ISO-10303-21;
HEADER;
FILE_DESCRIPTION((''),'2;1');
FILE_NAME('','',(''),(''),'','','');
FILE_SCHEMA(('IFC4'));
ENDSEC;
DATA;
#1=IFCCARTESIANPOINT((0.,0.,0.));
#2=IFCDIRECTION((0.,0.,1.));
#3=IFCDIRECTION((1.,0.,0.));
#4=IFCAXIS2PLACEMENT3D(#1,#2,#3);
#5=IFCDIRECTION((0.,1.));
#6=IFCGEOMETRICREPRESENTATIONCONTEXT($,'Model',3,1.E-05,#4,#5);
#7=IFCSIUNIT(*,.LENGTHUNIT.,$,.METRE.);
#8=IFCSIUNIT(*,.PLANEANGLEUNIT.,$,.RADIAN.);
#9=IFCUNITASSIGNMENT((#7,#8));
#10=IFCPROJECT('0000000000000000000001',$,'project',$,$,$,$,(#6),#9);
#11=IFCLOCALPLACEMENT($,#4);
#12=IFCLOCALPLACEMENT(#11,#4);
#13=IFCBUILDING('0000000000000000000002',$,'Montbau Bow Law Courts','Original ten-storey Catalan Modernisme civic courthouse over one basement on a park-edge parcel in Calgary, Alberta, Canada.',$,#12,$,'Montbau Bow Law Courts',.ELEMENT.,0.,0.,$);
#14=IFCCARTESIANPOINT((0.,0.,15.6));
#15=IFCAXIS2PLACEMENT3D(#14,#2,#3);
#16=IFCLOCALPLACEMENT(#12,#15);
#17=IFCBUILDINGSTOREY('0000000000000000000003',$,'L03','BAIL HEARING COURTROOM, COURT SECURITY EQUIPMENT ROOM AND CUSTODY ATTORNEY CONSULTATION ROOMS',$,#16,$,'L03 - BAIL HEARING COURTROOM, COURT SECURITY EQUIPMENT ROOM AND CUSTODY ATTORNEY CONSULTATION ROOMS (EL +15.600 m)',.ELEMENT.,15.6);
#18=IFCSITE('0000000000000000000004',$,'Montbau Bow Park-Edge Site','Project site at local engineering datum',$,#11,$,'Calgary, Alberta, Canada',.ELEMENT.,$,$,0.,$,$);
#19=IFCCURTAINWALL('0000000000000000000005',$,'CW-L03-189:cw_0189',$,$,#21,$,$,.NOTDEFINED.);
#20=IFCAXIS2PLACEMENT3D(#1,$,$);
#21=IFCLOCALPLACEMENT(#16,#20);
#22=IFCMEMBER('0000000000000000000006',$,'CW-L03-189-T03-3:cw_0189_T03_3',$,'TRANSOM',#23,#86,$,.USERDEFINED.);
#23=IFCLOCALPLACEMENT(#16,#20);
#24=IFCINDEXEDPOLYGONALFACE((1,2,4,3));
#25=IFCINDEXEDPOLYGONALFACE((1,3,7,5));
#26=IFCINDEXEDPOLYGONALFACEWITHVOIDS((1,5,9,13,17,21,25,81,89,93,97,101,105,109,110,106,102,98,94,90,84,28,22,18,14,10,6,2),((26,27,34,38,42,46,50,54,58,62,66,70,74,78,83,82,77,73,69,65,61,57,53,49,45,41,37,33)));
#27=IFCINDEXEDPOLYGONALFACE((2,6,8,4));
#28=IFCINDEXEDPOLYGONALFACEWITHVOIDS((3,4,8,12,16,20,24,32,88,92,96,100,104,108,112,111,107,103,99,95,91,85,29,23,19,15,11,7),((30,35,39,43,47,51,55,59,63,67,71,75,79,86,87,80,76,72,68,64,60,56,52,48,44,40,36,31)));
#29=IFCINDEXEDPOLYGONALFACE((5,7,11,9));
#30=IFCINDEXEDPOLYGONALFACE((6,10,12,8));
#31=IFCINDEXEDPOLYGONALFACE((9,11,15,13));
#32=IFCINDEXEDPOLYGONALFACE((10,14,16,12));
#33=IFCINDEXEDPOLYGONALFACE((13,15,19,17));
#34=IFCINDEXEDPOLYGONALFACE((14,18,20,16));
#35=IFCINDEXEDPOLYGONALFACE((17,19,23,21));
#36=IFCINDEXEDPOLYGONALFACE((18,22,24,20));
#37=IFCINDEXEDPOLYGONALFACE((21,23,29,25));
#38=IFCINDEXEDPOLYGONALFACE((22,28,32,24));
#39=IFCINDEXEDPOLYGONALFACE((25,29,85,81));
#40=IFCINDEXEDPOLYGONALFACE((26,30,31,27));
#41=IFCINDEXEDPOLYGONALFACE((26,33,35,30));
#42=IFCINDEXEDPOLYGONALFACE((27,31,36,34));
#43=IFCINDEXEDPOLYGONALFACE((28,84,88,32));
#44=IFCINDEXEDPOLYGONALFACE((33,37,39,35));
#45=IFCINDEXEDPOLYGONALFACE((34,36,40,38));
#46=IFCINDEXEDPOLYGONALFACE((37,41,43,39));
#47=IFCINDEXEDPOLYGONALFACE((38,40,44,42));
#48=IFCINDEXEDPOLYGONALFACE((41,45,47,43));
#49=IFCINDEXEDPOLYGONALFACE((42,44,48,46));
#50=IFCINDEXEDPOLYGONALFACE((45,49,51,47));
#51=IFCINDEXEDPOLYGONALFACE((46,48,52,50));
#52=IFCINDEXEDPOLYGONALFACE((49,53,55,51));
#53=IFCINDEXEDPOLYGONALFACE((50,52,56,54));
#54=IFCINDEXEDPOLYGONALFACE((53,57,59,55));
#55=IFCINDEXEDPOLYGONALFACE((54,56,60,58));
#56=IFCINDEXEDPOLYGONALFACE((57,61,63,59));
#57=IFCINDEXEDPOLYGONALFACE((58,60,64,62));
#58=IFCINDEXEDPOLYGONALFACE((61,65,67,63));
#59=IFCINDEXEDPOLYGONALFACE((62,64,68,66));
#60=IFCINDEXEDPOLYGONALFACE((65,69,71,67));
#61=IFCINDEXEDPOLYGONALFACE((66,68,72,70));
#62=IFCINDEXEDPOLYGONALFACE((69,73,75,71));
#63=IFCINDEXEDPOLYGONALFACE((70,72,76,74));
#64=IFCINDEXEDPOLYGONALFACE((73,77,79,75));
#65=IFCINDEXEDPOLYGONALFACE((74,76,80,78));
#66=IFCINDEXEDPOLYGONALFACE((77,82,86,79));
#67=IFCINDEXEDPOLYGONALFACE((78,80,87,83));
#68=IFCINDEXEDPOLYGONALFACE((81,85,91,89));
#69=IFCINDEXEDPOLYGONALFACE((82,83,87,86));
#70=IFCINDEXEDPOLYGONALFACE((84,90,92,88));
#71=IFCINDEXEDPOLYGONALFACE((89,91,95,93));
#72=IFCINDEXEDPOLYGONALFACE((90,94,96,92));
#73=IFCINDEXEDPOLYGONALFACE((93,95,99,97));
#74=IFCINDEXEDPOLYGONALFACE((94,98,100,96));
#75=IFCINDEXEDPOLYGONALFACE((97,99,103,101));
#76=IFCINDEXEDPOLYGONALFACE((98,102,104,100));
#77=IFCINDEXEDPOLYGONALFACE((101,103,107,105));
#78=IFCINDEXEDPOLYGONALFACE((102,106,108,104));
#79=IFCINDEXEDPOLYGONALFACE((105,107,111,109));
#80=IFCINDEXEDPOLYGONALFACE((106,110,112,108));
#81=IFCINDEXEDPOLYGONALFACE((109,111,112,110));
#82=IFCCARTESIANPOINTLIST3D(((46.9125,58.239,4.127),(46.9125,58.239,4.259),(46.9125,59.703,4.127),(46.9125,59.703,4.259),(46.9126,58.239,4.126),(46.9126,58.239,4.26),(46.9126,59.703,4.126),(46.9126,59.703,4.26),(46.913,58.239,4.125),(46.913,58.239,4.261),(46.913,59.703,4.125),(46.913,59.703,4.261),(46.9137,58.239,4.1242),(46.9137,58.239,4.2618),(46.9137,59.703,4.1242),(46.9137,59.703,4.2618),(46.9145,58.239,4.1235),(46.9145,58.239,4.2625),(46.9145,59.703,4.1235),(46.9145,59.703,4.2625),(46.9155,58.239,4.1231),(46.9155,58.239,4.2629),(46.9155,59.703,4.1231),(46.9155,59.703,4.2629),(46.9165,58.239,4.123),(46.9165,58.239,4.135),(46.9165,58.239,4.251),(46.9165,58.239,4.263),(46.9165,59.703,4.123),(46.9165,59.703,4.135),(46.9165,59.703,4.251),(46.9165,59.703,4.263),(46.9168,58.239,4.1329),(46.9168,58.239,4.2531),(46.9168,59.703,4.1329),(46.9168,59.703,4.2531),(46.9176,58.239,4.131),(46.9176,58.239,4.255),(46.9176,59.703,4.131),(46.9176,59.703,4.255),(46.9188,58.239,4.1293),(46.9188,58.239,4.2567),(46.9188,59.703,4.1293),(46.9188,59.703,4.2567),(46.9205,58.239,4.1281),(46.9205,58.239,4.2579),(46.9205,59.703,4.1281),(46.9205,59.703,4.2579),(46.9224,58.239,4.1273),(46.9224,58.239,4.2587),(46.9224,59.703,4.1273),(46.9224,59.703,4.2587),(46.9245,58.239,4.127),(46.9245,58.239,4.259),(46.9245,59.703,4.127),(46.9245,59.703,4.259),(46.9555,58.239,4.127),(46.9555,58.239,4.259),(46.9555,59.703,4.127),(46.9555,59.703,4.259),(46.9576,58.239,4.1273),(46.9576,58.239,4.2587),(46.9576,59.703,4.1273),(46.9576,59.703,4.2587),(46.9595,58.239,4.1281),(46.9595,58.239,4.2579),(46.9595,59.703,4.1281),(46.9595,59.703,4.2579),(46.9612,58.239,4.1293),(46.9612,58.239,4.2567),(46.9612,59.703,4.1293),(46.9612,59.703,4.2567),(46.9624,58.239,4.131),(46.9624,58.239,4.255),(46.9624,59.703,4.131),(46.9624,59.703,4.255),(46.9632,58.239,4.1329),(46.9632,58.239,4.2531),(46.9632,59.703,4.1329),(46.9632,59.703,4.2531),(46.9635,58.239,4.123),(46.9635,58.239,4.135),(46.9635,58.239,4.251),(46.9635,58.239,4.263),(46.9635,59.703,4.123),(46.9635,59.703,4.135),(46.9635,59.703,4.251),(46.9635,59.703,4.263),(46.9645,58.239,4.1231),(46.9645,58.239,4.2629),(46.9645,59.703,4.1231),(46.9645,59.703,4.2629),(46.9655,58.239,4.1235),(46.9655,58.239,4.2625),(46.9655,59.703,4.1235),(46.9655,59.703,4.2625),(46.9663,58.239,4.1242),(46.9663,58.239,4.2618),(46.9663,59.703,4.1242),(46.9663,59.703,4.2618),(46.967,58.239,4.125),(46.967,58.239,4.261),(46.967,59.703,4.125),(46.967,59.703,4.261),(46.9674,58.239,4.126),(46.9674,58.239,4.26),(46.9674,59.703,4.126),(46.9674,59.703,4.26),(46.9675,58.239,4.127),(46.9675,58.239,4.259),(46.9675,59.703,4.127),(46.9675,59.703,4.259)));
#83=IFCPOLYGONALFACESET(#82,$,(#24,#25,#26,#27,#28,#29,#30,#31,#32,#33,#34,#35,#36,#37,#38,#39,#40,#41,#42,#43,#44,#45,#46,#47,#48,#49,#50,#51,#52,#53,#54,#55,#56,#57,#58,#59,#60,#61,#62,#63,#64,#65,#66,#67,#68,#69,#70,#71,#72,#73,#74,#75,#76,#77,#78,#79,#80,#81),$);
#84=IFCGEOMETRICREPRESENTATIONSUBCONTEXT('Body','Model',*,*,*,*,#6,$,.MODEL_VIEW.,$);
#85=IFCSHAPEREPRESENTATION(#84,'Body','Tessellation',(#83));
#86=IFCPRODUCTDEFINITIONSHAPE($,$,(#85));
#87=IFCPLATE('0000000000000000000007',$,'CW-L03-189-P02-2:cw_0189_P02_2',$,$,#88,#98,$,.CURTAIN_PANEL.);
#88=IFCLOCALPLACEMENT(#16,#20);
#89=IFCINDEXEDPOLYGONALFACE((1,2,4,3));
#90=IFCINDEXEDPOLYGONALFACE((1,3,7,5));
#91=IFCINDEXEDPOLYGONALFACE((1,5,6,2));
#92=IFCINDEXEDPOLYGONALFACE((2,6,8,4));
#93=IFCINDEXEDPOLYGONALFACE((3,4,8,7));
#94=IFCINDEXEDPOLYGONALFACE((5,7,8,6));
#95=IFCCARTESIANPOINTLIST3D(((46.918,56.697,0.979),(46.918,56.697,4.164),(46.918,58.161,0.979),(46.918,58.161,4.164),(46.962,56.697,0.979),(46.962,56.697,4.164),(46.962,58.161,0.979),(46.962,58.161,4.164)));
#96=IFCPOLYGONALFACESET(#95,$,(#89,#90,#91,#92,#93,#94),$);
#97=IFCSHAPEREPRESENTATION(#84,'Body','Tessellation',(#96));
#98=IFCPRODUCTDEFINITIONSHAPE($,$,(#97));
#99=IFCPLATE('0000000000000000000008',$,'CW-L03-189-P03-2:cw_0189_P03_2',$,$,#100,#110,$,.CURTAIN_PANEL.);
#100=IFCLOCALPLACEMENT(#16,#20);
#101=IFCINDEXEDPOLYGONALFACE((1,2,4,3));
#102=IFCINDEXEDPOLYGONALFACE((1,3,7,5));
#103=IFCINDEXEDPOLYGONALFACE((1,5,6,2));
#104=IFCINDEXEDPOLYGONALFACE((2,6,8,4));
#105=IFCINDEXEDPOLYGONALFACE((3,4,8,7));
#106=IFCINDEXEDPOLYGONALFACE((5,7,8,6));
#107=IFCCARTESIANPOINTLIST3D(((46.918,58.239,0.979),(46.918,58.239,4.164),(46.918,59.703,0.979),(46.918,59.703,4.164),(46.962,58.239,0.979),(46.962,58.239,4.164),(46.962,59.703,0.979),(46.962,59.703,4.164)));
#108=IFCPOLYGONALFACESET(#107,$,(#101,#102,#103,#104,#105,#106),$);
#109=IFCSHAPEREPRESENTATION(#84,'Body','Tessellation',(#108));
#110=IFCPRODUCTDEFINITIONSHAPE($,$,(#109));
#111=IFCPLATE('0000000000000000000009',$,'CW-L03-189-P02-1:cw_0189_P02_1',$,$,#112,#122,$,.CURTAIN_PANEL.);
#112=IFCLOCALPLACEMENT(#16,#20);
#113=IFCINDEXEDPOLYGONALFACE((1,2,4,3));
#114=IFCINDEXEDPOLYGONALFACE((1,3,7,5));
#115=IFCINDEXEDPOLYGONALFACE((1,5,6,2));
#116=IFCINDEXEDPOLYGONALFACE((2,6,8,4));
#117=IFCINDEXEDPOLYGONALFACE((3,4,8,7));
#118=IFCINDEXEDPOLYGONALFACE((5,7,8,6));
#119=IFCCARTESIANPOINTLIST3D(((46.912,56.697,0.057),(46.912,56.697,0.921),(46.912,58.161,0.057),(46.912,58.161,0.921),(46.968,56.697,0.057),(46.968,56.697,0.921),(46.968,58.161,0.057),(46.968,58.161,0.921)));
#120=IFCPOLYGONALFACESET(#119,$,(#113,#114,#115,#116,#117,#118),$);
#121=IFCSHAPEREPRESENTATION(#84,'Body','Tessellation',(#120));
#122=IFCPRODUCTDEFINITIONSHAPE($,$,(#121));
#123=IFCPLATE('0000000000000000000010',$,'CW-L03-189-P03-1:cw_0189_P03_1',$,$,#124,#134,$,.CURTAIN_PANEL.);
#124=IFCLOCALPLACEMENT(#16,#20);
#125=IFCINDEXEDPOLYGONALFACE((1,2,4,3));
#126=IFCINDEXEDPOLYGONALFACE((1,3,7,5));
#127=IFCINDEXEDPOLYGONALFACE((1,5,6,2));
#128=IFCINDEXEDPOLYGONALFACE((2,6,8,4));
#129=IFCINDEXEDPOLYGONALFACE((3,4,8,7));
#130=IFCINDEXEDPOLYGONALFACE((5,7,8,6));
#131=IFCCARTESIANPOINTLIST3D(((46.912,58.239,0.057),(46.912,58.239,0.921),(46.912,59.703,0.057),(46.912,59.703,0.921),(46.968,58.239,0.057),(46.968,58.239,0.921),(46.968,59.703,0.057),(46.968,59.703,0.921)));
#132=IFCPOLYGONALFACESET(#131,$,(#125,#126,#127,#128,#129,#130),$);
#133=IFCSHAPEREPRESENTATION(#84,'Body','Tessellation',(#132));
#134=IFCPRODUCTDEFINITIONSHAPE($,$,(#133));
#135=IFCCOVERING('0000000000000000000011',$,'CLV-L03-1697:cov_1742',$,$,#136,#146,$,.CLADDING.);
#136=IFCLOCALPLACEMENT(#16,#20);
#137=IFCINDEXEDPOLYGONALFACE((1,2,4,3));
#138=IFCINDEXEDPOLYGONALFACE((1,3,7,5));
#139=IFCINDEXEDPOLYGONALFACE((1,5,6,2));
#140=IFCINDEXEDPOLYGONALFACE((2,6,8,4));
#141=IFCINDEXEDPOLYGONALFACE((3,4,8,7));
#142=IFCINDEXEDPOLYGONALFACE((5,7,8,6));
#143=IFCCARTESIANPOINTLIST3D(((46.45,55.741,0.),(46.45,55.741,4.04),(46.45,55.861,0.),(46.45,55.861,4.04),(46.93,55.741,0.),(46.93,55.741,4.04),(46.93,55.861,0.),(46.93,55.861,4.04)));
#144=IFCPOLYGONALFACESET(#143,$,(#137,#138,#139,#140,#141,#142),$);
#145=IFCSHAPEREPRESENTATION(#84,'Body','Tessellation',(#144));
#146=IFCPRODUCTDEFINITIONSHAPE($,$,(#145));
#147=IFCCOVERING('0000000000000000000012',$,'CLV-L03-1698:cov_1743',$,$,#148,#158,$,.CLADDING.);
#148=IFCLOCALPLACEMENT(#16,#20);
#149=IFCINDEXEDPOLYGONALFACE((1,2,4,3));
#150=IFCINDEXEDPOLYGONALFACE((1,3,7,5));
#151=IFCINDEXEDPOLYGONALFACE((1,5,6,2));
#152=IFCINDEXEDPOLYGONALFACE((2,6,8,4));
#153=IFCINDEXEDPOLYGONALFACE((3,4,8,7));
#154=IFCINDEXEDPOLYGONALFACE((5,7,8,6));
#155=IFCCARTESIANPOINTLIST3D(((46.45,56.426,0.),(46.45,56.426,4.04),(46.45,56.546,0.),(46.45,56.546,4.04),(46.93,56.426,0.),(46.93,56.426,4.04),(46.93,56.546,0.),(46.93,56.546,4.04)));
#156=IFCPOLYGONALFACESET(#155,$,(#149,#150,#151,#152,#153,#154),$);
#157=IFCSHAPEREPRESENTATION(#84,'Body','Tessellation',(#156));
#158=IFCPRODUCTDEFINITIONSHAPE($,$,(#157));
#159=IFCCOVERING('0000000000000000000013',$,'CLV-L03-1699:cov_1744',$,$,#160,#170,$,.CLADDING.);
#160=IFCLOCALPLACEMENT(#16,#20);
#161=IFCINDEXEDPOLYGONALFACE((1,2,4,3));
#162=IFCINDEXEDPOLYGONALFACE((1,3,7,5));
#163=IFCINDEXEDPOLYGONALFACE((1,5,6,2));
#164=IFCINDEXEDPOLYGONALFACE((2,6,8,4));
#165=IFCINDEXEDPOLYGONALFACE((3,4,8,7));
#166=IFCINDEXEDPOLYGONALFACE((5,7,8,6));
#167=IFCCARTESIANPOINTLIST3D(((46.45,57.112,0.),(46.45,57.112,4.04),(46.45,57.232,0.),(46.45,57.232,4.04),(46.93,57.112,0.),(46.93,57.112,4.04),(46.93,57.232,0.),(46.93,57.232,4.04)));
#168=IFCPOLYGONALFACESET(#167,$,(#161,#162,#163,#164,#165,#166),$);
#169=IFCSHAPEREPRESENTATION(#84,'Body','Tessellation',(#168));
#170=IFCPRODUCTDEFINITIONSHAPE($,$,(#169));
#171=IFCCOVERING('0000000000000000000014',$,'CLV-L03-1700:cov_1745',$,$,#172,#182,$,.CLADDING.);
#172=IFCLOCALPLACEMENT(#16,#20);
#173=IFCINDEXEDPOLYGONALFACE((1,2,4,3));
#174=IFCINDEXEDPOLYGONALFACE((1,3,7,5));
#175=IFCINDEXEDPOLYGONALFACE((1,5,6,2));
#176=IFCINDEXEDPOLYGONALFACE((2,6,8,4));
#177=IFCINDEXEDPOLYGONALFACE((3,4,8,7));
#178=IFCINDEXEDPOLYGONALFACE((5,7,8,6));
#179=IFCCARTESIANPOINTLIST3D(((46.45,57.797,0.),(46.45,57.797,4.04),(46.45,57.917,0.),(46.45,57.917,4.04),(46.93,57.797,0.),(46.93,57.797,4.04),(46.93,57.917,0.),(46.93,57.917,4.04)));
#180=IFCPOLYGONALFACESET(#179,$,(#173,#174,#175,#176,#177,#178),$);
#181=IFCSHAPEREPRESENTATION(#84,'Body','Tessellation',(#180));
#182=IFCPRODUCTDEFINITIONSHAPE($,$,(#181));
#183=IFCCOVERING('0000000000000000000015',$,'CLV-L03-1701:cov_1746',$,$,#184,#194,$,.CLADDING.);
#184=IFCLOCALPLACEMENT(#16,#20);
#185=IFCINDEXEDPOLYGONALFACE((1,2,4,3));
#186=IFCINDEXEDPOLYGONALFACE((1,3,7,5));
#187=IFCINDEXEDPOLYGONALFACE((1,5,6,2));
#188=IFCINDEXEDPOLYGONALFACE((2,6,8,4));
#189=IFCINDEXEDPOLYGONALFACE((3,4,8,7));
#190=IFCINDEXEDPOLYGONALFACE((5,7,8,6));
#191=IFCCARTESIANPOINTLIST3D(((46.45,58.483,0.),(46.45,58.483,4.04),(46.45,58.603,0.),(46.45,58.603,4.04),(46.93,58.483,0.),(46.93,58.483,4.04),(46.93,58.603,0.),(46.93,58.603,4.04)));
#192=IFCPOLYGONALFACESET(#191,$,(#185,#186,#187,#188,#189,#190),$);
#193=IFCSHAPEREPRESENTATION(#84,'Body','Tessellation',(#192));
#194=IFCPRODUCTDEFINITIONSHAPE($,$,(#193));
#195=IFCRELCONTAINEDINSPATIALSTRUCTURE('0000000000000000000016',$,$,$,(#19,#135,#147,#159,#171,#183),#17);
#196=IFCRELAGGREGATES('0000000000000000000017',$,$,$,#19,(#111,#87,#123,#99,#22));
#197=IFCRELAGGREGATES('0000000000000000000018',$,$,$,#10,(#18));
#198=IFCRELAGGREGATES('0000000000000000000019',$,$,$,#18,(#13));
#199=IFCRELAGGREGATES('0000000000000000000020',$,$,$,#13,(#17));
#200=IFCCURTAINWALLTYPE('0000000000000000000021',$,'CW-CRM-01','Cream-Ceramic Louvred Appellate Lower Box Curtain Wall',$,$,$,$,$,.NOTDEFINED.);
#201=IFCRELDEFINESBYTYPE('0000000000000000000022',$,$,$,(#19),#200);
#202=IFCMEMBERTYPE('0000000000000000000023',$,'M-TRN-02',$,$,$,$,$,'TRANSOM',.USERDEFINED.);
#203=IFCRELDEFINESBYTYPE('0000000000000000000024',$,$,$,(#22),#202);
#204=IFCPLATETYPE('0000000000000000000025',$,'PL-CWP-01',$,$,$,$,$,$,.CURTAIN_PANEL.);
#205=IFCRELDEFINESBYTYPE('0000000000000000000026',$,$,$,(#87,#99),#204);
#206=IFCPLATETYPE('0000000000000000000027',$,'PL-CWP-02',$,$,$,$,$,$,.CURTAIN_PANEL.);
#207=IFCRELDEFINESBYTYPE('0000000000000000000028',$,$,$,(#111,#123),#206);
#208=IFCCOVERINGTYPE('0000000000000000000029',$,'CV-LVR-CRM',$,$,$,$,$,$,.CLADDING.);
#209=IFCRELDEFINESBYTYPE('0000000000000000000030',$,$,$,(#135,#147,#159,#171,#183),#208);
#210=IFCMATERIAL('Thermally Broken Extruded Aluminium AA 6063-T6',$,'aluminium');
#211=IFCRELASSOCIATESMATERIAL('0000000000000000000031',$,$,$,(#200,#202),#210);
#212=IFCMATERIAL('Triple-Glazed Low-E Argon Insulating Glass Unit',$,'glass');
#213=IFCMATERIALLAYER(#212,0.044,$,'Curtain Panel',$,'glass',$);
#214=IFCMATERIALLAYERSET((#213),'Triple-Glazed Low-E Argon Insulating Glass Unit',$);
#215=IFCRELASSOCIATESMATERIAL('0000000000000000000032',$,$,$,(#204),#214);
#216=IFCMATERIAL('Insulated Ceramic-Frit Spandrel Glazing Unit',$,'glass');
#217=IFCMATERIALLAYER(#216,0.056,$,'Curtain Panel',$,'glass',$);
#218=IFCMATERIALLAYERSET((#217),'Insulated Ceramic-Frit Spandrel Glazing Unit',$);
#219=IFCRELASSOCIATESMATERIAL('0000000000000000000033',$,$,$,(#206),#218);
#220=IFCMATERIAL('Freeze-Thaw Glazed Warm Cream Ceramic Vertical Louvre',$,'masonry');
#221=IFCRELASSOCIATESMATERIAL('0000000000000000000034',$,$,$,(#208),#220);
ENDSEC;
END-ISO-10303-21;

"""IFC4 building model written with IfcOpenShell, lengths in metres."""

from ifc_helpers import new_model, si_unit, direction, frame, frame_2d, origin_with_axes, origin_2d_with_axis, place, context, subcontext, project, spatial, rectangle, hollow_rectangle, extrude, material, layer, layer_set, material_profile, profile_set, type_object, element, aggregate, save


model = new_model("IFC4")

# Units and contexts
model_context = context("Model", 3, precision=1e-05, world=origin_with_axes(), true_north=direction((0.0, 1.0)))
body_context = subcontext(model_context, "Body", "Model", "MODEL_VIEW")
ifc_project = project(units=[si_unit("LENGTHUNIT", "METRE"), si_unit("PLANEANGLEUNIT", "RADIAN")], contexts=[model_context])

# Site, building, storey
site_placement = place(None, origin_with_axes())
site = spatial("IfcSite", under=ifc_project, at=site_placement, Name="Montbau Bow Park-Edge Site", Description="Project site at local engineering datum", LongName="Calgary, Alberta, Canada", CompositionType="ELEMENT", RefElevation=0.0)
building_placement = place(site_placement, origin_with_axes())
building = spatial("IfcBuilding", under=site, at=building_placement, Name="Montbau Bow Law Courts", Description="Original ten-storey Catalan Modernisme civic courthouse over one basement on a park-edge parcel in Calgary, Alberta, Canada.", LongName="Montbau Bow Law Courts", CompositionType="ELEMENT", ElevationOfRefHeight=0.0, ElevationOfTerrain=0.0)
storey_placement = place(building_placement, frame((0.0, 0.0, 15.6), z_axis=(0.0, 0.0, 1.0), x_axis=(1.0, 0.0, 0.0)))
storey = spatial("IfcBuildingStorey", under=building, at=storey_placement, Name="L03", Description="BAIL HEARING COURTROOM, COURT SECURITY EQUIPMENT ROOM AND CUSTODY ATTORNEY CONSULTATION ROOMS", LongName="L03 - BAIL HEARING COURTROOM, COURT SECURITY EQUIPMENT ROOM AND CUSTODY ATTORNEY CONSULTATION ROOMS (EL +15.600 m)", CompositionType="ELEMENT", Elevation=15.6)

# Curtain wall, member, plates
ifc_material_1 = material(Name="Thermally Broken Extruded Aluminium AA 6063-T6", Category="aluminium")
curtain_wall_type = type_object("IfcCurtainWallType", Name="CW-CRM-01", Description="Cream-Ceramic Louvred Appellate Lower Box Curtain Wall", PredefinedType="NOTDEFINED", material=ifc_material_1)
curtain_wall_placement = place(None, frame((46.94, 55.115, 15.6), z_axis=(0.0, 0.0, 1.0), x_axis=(1.0, 0.0, 0.0)))
curtain_wall = element("IfcCurtainWall", 1, at=curtain_wall_placement, inside=storey, type_object=curtain_wall_type, Name="CW-L03-189:cw_0189", PredefinedType="NOTDEFINED")
ifc_material_profile_1 = material_profile(ifc_material_1, hollow_rectangle(XDim=0.055, YDim=0.14, WallThickness=0.004, InnerFilletRadius=0.008, OuterFilletRadius=0.004, at=origin_2d_with_axis()), Name="CWT-140X55", Category="Main", Priority=0)
ifc_profile_set_1 = profile_set([ifc_material_profile_1], Name="Thermally Broken Extruded Aluminium AA 6063-T6")
member_type_1 = type_object("IfcMemberType", Name="M-TRN-02", ElementType="TRANSOM", PredefinedType="USERDEFINED", material=ifc_profile_set_1)
member_1_placement = place(None, frame((46.94, 58.239, 19.793), z_axis=(0.0, 1.0, 0.0), x_axis=(-1.0, 0.0, 0.0)))
member_1 = element("IfcMember", 2, at=member_1_placement, type_object=member_type_1, Name="CW-L03-189-T03-3:cw_0189_T03_3", ObjectType="TRANSOM", PredefinedType="USERDEFINED", context=body_context, shape_type="SweptSolid", body=[
    extrude(hollow_rectangle(XDim=0.055, YDim=0.14, WallThickness=0.004, InnerFilletRadius=0.008, OuterFilletRadius=0.004, at=origin_2d_with_axis()), origin_with_axes(), (0.0, 0.0, 1.0), 1.464),
])
ifc_material_2 = material(Name="Triple-Glazed Low-E Argon Insulating Glass Unit", Category="glass")
ifc_layer_1 = layer(ifc_material_2, 0.044, Name="Curtain Panel", Category="glass")
ifc_layer_set_1 = layer_set([ifc_layer_1], Name="Triple-Glazed Low-E Argon Insulating Glass Unit")
plate_type_1 = type_object("IfcPlateType", Name="PL-CWP-01", PredefinedType="CURTAIN_PANEL", material=ifc_layer_set_1)
plate_1_placement = place(None, frame((46.94, 56.697, 16.579), z_axis=(1.0, 0.0, 0.0), x_axis=(0.0, 1.0, 0.0)))
plate_1 = element("IfcPlate", 3, at=plate_1_placement, type_object=plate_type_1, Name="CW-L03-189-P02-2:cw_0189_P02_2", PredefinedType="CURTAIN_PANEL", context=body_context, shape_type="SweptSolid", body=[
    extrude(rectangle(XDim=1.464, YDim=3.185, at=frame_2d((0.732, 1.5925), x_axis=(1.0, 0.0))), frame((0.0, 0.0, -0.022), z_axis=(0.0, 0.0, 1.0), x_axis=(1.0, 0.0, 0.0)), (0.0, 0.0, 1.0), 0.044),
])
plate_2_placement = place(None, frame((46.94, 58.239, 16.579), z_axis=(1.0, 0.0, 0.0), x_axis=(0.0, 1.0, 0.0)))
plate_2 = element("IfcPlate", 4, at=plate_2_placement, type_object=plate_type_1, Name="CW-L03-189-P03-2:cw_0189_P03_2", PredefinedType="CURTAIN_PANEL", context=body_context, shape_type="SweptSolid", body=[
    extrude(rectangle(XDim=1.464, YDim=3.185, at=frame_2d((0.732, 1.5925), x_axis=(1.0, 0.0))), frame((0.0, 0.0, -0.022), z_axis=(0.0, 0.0, 1.0), x_axis=(1.0, 0.0, 0.0)), (0.0, 0.0, 1.0), 0.044),
])
ifc_material_3 = material(Name="Insulated Ceramic-Frit Spandrel Glazing Unit", Category="glass")
ifc_layer_2 = layer(ifc_material_3, 0.056, Name="Curtain Panel", Category="glass")
ifc_layer_set_2 = layer_set([ifc_layer_2], Name="Insulated Ceramic-Frit Spandrel Glazing Unit")
plate_type_2 = type_object("IfcPlateType", Name="PL-CWP-02", PredefinedType="CURTAIN_PANEL", material=ifc_layer_set_2)
plate_3_placement = place(None, frame((46.94, 56.697, 15.657), z_axis=(1.0, 0.0, 0.0), x_axis=(0.0, 1.0, 0.0)))
plate_3 = element("IfcPlate", 5, at=plate_3_placement, type_object=plate_type_2, Name="CW-L03-189-P02-1:cw_0189_P02_1", PredefinedType="CURTAIN_PANEL", context=body_context, shape_type="SweptSolid", body=[
    extrude(rectangle(XDim=1.464, YDim=0.864, at=frame_2d((0.732, 0.432), x_axis=(1.0, 0.0))), frame((0.0, 0.0, -0.028), z_axis=(0.0, 0.0, 1.0), x_axis=(1.0, 0.0, 0.0)), (0.0, 0.0, 1.0), 0.056),
])
plate_4_placement = place(None, frame((46.94, 58.239, 15.657), z_axis=(1.0, 0.0, 0.0), x_axis=(0.0, 1.0, 0.0)))
plate_4 = element("IfcPlate", 6, at=plate_4_placement, type_object=plate_type_2, Name="CW-L03-189-P03-1:cw_0189_P03_1", PredefinedType="CURTAIN_PANEL", context=body_context, shape_type="SweptSolid", body=[
    extrude(rectangle(XDim=1.464, YDim=0.864, at=frame_2d((0.732, 0.432), x_axis=(1.0, 0.0))), frame((0.0, 0.0, -0.028), z_axis=(0.0, 0.0, 1.0), x_axis=(1.0, 0.0, 0.0)), (0.0, 0.0, 1.0), 0.056),
])
aggregate(curtain_wall, [plate_3, plate_1, plate_4, plate_2, member_1])

# Coverings
ifc_material_4 = material(Name="Freeze-Thaw Glazed Warm Cream Ceramic Vertical Louvre", Category="masonry")
covering_type = type_object("IfcCoveringType", Name="CV-LVR-CRM", PredefinedType="CLADDING", material=ifc_material_4)
for number, where, z_axis, x_axis, name in (
    (7, (46.93, 55.801, 15.6), (0.0, 1.0, 0.0), (-1.0, 0.0, 0.0), "CLV-L03-1697:cov_1742"),
    (8, (46.93, 56.486, 15.6), (0.0, 1.0, 0.0), (-1.0, 0.0, 0.0), "CLV-L03-1698:cov_1743"),
    (9, (46.93, 57.172, 15.6), (0.0, 1.0, 0.0), (-1.0, 0.0, 0.0), "CLV-L03-1699:cov_1744"),
    (10, (46.93, 57.857, 15.6), (0.0, 1.0, 0.0), (-1.0, 0.0, 0.0), "CLV-L03-1700:cov_1745"),
    (11, (46.93, 58.543, 15.6), (0.0, 1.0, 0.0), (-1.0, 0.0, 0.0), "CLV-L03-1701:cov_1746"),
):
    element("IfcCovering", number, at=place(None, frame(where, z_axis=z_axis, x_axis=x_axis)), inside=storey, type_object=covering_type, Name=name, PredefinedType="CLADDING", context=body_context, shape_type="SweptSolid", body=[
        extrude(rectangle(XDim=0.48, YDim=4.04, at=frame_2d((0.24, 2.02), x_axis=(1.0, 0.0))), frame((0.0, 0.0, -0.06), z_axis=(0.0, 0.0, 1.0), x_axis=(1.0, 0.0, 0.0)), (0.0, 0.0, 1.0), 0.12),
    ])

save(model, "model.ifc")
